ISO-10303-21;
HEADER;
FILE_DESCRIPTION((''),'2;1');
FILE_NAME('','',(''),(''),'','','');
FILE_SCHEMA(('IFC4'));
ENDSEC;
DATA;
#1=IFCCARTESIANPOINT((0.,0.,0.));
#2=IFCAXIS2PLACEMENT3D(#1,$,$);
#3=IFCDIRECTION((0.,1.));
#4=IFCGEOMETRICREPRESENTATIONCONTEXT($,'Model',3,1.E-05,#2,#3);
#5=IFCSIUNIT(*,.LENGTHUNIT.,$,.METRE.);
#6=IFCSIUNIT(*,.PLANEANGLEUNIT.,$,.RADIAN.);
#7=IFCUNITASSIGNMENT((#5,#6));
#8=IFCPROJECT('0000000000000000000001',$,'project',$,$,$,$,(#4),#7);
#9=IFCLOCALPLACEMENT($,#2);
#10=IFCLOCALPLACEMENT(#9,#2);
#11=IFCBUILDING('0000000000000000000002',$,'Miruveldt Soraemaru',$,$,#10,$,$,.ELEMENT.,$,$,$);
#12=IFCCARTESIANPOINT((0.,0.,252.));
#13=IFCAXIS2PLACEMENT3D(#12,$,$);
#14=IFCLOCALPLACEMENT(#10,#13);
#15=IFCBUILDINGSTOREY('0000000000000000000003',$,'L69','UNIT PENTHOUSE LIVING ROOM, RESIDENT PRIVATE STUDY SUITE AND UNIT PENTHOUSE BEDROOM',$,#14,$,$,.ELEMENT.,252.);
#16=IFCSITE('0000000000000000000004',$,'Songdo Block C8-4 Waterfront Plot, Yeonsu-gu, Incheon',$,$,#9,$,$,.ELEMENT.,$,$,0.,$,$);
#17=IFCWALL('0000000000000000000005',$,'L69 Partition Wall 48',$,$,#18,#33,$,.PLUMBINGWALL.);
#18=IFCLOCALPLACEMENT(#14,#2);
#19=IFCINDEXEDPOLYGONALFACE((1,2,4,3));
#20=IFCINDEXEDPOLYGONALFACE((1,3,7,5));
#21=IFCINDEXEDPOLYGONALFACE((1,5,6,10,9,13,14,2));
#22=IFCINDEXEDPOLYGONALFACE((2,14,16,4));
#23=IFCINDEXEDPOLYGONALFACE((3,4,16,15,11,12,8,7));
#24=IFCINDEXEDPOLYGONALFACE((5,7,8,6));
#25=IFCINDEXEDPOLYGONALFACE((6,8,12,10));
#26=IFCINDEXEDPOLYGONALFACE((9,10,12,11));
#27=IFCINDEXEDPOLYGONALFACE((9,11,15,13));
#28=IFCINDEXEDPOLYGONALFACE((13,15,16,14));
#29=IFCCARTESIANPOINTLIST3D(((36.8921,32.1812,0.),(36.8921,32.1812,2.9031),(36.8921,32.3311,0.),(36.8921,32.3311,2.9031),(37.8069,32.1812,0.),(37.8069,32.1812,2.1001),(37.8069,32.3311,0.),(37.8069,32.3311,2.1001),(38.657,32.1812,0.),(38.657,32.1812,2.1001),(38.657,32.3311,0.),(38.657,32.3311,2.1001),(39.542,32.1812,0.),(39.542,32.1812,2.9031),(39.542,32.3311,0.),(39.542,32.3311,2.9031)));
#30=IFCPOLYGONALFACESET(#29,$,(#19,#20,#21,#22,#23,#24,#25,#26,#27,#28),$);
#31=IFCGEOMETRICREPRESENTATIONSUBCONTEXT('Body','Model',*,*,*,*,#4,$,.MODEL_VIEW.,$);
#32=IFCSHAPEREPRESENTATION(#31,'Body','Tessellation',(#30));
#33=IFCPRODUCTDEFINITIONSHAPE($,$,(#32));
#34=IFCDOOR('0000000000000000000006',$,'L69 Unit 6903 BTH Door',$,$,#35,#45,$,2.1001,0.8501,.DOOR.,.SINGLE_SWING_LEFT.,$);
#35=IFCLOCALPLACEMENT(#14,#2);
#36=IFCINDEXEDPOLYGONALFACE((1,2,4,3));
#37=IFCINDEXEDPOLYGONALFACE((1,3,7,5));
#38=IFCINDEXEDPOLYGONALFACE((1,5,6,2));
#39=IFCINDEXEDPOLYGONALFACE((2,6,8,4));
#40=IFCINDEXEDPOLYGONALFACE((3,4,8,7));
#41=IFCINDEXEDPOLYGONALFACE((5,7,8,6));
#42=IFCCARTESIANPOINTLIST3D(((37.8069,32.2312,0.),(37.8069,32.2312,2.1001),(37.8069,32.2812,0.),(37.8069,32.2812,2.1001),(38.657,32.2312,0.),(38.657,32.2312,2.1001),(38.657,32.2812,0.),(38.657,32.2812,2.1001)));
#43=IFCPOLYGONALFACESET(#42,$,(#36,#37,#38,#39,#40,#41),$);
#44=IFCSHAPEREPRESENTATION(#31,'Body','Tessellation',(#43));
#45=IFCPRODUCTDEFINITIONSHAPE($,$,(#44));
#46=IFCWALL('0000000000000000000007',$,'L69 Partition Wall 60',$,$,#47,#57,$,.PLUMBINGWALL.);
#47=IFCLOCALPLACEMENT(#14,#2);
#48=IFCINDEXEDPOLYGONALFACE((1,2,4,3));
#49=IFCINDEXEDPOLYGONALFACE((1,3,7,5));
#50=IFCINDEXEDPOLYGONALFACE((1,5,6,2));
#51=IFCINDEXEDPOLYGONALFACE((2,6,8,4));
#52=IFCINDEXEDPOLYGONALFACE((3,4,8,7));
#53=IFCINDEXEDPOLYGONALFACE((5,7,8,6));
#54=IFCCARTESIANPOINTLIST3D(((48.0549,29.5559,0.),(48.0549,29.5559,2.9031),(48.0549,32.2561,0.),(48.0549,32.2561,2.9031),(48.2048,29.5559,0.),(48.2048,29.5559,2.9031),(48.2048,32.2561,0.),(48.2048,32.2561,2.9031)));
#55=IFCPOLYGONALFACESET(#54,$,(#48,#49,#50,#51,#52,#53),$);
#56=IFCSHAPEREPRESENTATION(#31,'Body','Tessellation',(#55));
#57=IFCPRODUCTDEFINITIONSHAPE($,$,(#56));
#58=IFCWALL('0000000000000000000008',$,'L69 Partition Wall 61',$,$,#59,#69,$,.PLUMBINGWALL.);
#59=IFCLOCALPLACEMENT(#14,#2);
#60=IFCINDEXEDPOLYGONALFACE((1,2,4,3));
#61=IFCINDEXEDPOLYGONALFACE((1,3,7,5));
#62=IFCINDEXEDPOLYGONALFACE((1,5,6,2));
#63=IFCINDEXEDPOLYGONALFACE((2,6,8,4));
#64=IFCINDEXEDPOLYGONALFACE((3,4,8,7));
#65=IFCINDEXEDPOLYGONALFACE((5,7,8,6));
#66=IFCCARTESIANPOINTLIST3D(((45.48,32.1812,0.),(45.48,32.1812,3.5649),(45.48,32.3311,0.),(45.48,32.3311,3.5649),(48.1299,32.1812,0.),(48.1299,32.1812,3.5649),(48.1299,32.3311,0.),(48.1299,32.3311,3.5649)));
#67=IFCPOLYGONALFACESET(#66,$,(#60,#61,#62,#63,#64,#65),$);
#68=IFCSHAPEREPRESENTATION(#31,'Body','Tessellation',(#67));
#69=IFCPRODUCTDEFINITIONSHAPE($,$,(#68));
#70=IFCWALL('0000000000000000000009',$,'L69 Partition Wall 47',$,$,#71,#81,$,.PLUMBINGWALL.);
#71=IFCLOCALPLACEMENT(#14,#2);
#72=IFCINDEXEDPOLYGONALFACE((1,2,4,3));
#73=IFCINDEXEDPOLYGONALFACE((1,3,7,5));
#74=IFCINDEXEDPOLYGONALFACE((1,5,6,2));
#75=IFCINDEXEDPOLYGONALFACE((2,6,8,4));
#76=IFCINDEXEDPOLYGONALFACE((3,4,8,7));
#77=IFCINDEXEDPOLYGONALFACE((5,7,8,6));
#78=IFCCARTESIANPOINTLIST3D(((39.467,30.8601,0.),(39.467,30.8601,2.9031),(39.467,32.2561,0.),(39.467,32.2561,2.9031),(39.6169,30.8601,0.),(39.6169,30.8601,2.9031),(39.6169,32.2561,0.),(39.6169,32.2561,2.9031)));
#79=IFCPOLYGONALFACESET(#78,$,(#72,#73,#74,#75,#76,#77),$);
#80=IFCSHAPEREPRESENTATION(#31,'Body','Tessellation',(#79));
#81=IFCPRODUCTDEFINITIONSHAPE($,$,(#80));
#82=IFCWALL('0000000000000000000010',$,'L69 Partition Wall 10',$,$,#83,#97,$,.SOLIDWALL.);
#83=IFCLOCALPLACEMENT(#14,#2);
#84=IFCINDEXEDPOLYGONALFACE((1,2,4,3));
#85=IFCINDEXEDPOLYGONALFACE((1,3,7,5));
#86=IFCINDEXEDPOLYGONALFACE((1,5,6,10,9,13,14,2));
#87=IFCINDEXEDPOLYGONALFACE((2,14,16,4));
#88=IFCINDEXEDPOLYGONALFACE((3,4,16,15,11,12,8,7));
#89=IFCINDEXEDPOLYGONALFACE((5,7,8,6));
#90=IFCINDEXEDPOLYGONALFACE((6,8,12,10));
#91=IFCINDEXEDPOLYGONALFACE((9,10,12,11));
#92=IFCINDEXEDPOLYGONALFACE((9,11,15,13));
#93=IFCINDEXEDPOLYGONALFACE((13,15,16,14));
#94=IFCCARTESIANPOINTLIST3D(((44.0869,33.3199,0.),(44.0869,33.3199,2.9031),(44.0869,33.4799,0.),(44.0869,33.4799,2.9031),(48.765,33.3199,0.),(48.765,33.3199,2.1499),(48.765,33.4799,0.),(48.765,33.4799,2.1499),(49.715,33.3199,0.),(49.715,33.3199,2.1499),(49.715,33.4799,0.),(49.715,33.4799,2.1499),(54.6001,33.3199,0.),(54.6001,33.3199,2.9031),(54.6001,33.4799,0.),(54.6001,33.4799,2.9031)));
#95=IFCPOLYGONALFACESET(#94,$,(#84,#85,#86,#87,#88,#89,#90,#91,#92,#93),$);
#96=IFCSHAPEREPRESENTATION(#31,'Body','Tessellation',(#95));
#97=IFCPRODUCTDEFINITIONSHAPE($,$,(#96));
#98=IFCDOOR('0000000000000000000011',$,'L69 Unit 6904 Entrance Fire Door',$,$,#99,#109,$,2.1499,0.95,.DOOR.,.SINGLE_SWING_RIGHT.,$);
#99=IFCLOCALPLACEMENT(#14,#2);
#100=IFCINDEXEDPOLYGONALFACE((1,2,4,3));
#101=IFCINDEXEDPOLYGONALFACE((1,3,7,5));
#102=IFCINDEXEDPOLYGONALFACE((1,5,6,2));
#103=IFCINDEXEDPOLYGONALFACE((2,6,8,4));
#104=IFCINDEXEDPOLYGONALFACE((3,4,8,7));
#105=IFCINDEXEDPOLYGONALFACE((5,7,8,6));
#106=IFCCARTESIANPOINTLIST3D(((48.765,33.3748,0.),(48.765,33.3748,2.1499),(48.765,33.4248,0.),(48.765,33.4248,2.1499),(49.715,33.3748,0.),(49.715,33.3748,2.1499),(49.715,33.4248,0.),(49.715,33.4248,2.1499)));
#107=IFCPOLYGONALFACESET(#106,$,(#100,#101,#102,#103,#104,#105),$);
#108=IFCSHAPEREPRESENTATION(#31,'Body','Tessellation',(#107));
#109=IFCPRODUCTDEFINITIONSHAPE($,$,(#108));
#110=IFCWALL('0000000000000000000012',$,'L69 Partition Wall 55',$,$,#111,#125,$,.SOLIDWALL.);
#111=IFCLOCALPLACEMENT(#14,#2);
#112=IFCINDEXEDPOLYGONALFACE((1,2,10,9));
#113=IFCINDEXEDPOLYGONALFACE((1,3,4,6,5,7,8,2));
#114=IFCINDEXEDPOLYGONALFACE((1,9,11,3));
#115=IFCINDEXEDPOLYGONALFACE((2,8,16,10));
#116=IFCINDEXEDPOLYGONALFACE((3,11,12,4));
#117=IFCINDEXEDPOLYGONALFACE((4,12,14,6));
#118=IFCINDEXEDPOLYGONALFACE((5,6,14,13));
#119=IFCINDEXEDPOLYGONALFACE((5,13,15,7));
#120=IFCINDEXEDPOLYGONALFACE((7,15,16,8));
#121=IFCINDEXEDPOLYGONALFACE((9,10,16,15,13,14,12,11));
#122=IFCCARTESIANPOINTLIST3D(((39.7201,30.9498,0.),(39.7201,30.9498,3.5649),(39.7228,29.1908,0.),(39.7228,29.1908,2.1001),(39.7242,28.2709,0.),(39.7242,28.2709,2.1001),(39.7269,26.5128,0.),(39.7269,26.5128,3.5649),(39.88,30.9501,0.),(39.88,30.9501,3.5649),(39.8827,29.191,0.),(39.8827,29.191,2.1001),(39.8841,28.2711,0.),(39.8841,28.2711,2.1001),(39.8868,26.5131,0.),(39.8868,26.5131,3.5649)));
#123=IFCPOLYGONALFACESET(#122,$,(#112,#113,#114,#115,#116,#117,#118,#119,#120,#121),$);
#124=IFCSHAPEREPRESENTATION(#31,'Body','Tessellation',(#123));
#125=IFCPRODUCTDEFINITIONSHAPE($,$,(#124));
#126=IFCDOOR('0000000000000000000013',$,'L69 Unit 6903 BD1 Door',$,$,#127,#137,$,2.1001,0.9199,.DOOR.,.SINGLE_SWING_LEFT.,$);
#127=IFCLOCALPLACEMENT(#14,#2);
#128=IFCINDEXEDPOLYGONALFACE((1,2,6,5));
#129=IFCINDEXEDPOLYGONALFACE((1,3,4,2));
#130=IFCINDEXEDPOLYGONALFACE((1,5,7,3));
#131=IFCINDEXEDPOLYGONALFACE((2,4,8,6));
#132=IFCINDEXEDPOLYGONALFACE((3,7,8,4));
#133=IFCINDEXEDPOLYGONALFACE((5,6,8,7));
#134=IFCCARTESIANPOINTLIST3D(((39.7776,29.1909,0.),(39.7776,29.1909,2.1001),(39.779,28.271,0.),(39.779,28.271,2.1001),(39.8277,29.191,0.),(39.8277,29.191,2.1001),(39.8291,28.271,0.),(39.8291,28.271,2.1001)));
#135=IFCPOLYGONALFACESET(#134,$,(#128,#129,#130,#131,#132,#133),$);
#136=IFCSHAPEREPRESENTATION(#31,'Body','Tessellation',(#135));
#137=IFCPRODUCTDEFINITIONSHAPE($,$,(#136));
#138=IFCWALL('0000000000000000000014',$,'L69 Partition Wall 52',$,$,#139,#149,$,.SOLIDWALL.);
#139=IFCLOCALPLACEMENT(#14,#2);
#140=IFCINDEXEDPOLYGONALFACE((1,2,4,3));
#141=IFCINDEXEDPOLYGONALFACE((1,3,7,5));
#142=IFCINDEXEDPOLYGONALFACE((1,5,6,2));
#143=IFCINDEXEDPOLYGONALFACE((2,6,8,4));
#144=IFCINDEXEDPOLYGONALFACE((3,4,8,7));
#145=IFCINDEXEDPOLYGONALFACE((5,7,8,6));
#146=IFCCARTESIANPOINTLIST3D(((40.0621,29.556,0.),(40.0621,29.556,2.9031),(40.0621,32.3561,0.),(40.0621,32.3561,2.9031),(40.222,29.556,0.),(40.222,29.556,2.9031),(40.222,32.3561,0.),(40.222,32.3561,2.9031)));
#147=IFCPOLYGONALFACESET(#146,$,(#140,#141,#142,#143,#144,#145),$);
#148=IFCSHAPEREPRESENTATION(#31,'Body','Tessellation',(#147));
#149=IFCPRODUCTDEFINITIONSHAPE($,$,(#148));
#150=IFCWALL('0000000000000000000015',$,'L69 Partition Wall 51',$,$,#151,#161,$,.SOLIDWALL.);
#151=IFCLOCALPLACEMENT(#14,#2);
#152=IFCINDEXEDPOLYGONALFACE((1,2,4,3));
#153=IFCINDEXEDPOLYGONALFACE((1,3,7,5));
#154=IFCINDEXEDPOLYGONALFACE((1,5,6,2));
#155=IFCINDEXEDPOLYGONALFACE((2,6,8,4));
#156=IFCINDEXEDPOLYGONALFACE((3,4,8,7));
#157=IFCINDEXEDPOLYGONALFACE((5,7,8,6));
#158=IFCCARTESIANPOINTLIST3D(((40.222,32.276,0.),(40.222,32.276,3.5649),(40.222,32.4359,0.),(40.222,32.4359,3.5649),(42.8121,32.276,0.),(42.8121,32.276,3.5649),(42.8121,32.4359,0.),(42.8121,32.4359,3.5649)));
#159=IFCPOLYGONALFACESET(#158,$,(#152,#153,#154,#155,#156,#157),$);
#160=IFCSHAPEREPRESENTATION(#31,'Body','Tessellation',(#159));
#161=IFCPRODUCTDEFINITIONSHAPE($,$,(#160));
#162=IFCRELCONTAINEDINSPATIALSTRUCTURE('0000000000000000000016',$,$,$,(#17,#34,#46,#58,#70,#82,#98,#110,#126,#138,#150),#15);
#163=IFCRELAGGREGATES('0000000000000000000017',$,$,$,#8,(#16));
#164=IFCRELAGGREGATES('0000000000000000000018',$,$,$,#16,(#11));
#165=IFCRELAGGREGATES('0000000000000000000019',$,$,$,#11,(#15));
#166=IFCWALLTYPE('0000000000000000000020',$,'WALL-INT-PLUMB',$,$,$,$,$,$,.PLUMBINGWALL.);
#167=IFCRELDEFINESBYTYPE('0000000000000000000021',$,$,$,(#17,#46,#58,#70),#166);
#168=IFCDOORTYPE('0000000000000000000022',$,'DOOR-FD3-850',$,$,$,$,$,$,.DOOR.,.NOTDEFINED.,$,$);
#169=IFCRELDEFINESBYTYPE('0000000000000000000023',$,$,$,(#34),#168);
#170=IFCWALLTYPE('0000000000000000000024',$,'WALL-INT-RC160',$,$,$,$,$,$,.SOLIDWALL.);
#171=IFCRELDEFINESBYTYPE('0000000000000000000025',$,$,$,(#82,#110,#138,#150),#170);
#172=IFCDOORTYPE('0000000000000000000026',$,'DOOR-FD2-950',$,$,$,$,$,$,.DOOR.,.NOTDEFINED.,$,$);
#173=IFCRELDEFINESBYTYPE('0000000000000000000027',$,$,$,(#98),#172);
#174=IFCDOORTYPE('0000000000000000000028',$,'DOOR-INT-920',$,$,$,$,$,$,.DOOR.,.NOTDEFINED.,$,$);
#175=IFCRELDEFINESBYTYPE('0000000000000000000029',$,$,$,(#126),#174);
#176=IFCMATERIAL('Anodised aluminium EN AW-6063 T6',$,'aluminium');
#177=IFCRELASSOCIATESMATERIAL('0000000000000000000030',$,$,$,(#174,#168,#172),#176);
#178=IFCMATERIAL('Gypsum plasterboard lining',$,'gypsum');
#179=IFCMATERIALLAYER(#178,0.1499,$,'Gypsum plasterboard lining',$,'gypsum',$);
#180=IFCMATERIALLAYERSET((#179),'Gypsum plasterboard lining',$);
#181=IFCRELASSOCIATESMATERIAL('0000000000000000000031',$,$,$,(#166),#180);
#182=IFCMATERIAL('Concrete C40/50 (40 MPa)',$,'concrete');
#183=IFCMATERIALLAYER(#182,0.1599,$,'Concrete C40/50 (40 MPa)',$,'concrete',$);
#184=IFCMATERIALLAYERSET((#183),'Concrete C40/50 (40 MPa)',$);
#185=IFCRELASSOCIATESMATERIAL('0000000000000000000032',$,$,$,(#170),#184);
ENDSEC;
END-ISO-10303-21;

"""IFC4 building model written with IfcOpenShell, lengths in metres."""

from ifc_helpers import new_model, si_unit, direction, frame, frame_2d, origin, place, context, subcontext, project, spatial, rectangle, extrude, material, layer, layer_set, type_object, element, fill, save


model = new_model("IFC4")

# Units and contexts
model_context = context("Model", 3, precision=1e-05, world=origin(), true_north=direction((0.0, 1.0)))
body_context = subcontext(model_context, "Body", "Model", "MODEL_VIEW")
ifc_project = project(units=[si_unit("LENGTHUNIT", "METRE"), si_unit("PLANEANGLEUNIT", "RADIAN")], contexts=[model_context])

# Site, building, storey
site_placement = place(None, origin())
site = spatial("IfcSite", under=ifc_project, at=site_placement, Name="Songdo Block C8-4 Waterfront Plot, Yeonsu-gu, Incheon", CompositionType="ELEMENT", RefElevation=0.0)
building_placement = place(site_placement, origin())
building = spatial("IfcBuilding", under=site, at=building_placement, Name="Miruveldt Soraemaru", CompositionType="ELEMENT")
storey_placement = place(building_placement, frame((0.0, 0.0, 252.0)))
storey = spatial("IfcBuildingStorey", under=building, at=storey_placement, Name="L69", Description="UNIT PENTHOUSE LIVING ROOM, RESIDENT PRIVATE STUDY SUITE AND UNIT PENTHOUSE BEDROOM", CompositionType="ELEMENT", Elevation=252.0)

# Shared definitions
ifc_material_1 = material(Name="Gypsum plasterboard lining", Category="gypsum")
ifc_material_2 = material(Name="Anodised aluminium EN AW-6063 T6", Category="aluminium")
door_type_1 = type_object("IfcDoorType", Name="DOOR-INT-920", OperationType="NOTDEFINED", PredefinedType="DOOR", material=ifc_material_2)

# Wall, opening, door
ifc_layer_1 = layer(ifc_material_1, 0.1499, Name="Gypsum plasterboard lining", Category="gypsum")
ifc_layer_set_1 = layer_set([ifc_layer_1], Name="Gypsum plasterboard lining")
wall_type_1 = type_object("IfcWallType", Name="WALL-INT-PLUMB", PredefinedType="PLUMBINGWALL", material=ifc_layer_set_1)
door_type_2 = type_object("IfcDoorType", Name="DOOR-FD3-850", OperationType="NOTDEFINED", PredefinedType="DOOR", material=ifc_material_2)
wall_1_placement = place(storey_placement, frame((39.542, 32.2561, 0.0), z_axis=(0.0, 0.0, 1.0), x_axis=(-1.0, 0.0, 0.0)))
wall_1 = element("IfcWall", 1, at=wall_1_placement, inside=storey, type_object=wall_type_1, Name="L69 Partition Wall 48", PredefinedType="PLUMBINGWALL", context=body_context, shape_type="SweptSolid", body=[
    extrude(rectangle(XDim=2.6499, YDim=0.1499, at=frame_2d((1.325, 0.0))), origin(), (0.0, 0.0, 1.0), 2.9031),
])
opening_1_placement = place(wall_1_placement, frame((0.885, 0.0, 0.0)))
opening_1 = element("IfcOpeningElement", 2, at=opening_1_placement, cuts=wall_1, PredefinedType="OPENING", context=body_context, shape_type="SweptSolid", body=[
    extrude(rectangle(XDim=0.8501, YDim=2.1001, at=frame_2d((0.425, 1.05))), frame((0.0, 0.085, 0.0), z_axis=(0.0, -1.0, 0.0), x_axis=(1.0, 0.0, 0.0)), (0.0, 0.0, 1.0), 0.1699),
])
door_1_placement = place(opening_1_placement, origin())
door_1 = element("IfcDoor", 3, at=door_1_placement, inside=storey, type_object=door_type_2, Name="L69 Unit 6903 BTH Door", OperationType="SINGLE_SWING_LEFT", OverallHeight=2.1001, OverallWidth=0.8501, PredefinedType="DOOR", context=body_context, shape_type="SweptSolid", body=[
    extrude(rectangle(XDim=0.8501, YDim=2.1001, at=frame_2d((0.425, 1.05))), frame((0.0, 0.0249, 0.0), z_axis=(0.0, -1.0, 0.0), x_axis=(1.0, 0.0, 0.0)), (0.0, 0.0, 1.0), 0.05),
])
fill(opening_1, door_1)

# Walls
wall_2_placement = place(storey_placement, frame((48.1299, 29.5559, 0.0), z_axis=(0.0, 0.0, 1.0), x_axis=(0.0, 1.0, 0.0)))
element("IfcWall", 4, at=wall_2_placement, inside=storey, type_object=wall_type_1, Name="L69 Partition Wall 60", PredefinedType="PLUMBINGWALL", context=body_context, shape_type="SweptSolid", body=[
    extrude(rectangle(XDim=2.7002, YDim=0.1499, at=frame_2d((1.3501, 0.0))), origin(), (0.0, 0.0, 1.0), 2.9031),
])
wall_3_placement = place(storey_placement, frame((48.1299, 32.2561, 0.0), z_axis=(0.0, 0.0, 1.0), x_axis=(-1.0, 0.0, 0.0)))
element("IfcWall", 5, at=wall_3_placement, inside=storey, type_object=wall_type_1, Name="L69 Partition Wall 61", PredefinedType="PLUMBINGWALL", context=body_context, shape_type="SweptSolid", body=[
    extrude(rectangle(XDim=2.6499, YDim=0.1499, at=frame_2d((1.325, 0.0))), origin(), (0.0, 0.0, 1.0), 3.5649),
])
wall_4_placement = place(storey_placement, frame((39.542, 30.8601, 0.0), z_axis=(0.0, 0.0, 1.0), x_axis=(0.0, 1.0, 0.0)))
element("IfcWall", 6, at=wall_4_placement, inside=storey, type_object=wall_type_1, Name="L69 Partition Wall 47", PredefinedType="PLUMBINGWALL", context=body_context, shape_type="SweptSolid", body=[
    extrude(rectangle(XDim=1.396, YDim=0.1499, at=frame_2d((0.698, 0.0))), origin(), (0.0, 0.0, 1.0), 2.9031),
])

# Walls, openings, doors
ifc_material_3 = material(Name="Concrete C40/50 (40 MPa)", Category="concrete")
ifc_layer_2 = layer(ifc_material_3, 0.1599, Name="Concrete C40/50 (40 MPa)", Category="concrete")
ifc_layer_set_2 = layer_set([ifc_layer_2], Name="Concrete C40/50 (40 MPa)")
wall_type_2 = type_object("IfcWallType", Name="WALL-INT-RC160", PredefinedType="SOLIDWALL", material=ifc_layer_set_2)
wall_5_placement = place(storey_placement, frame((44.0869, 33.3999, 0.0), z_axis=(0.0, 0.0, 1.0), x_axis=(1.0, 0.0, 0.0)))
wall_5 = element("IfcWall", 7, at=wall_5_placement, inside=storey, type_object=wall_type_2, Name="L69 Partition Wall 10", PredefinedType="SOLIDWALL", context=body_context, shape_type="SweptSolid", body=[
    extrude(rectangle(XDim=10.5132, YDim=0.1599, at=frame_2d((5.2566, 0.0))), origin(), (0.0, 0.0, 1.0), 2.9031),
])
opening_2_placement = place(wall_5_placement, frame((4.678, 0.0, 0.0)))
opening_2 = element("IfcOpeningElement", 8, at=opening_2_placement, cuts=wall_5, PredefinedType="OPENING", context=body_context, shape_type="SweptSolid", body=[
    extrude(rectangle(XDim=0.95, YDim=2.1499, at=frame_2d((0.4751, 1.075))), frame((0.0, 0.0898, 0.0), z_axis=(0.0, -1.0, 0.0), x_axis=(1.0, 0.0, 0.0)), (0.0, 0.0, 1.0), 0.1799),
])
door_type_3 = type_object("IfcDoorType", Name="DOOR-FD2-950", OperationType="NOTDEFINED", PredefinedType="DOOR", material=ifc_material_2)
door_2_placement = place(opening_2_placement, origin())
door_2 = element("IfcDoor", 9, at=door_2_placement, inside=storey, type_object=door_type_3, Name="L69 Unit 6904 Entrance Fire Door", OperationType="SINGLE_SWING_RIGHT", OverallHeight=2.1499, OverallWidth=0.95, PredefinedType="DOOR", context=body_context, shape_type="SweptSolid", body=[
    extrude(rectangle(XDim=0.95, YDim=2.1499, at=frame_2d((0.4751, 1.075))), frame((0.0, 0.0249, 0.0), z_axis=(0.0, -1.0, 0.0), x_axis=(1.0, 0.0, 0.0)), (0.0, 0.0, 1.0), 0.05),
])
fill(opening_2, door_2)
wall_6_placement = place(storey_placement, frame((39.8, 30.95, 0.0), z_axis=(0.0, 0.0, 1.0), x_axis=(0.001541, -0.999999, 0.0)))
wall_6 = element("IfcWall", 10, at=wall_6_placement, inside=storey, type_object=wall_type_2, Name="L69 Partition Wall 55", PredefinedType="SOLIDWALL", context=body_context, shape_type="SweptSolid", body=[
    extrude(rectangle(XDim=4.437, YDim=0.1599, at=frame_2d((2.2185, 0.0))), origin(), (0.0, 0.0, 1.0), 3.5649),
])
opening_3_placement = place(wall_6_placement, frame((1.759, 0.0, 0.0)))
opening_3 = element("IfcOpeningElement", 11, at=opening_3_placement, cuts=wall_6, PredefinedType="OPENING", context=body_context, shape_type="SweptSolid", body=[
    extrude(rectangle(XDim=0.9199, YDim=2.1001, at=frame_2d((0.46, 1.05))), frame((0.0, 0.0898, 0.0), z_axis=(0.0, -1.0, 0.0), x_axis=(1.0, 0.0, 0.0)), (0.0, 0.0, 1.0), 0.1799),
])
door_3_placement = place(opening_3_placement, origin())
door_3 = element("IfcDoor", 12, at=door_3_placement, inside=storey, type_object=door_type_1, Name="L69 Unit 6903 BD1 Door", OperationType="SINGLE_SWING_LEFT", OverallHeight=2.1001, OverallWidth=0.9199, PredefinedType="DOOR", context=body_context, shape_type="SweptSolid", body=[
    extrude(rectangle(XDim=0.9199, YDim=2.1001, at=frame_2d((0.46, 1.05))), frame((0.0, 0.0249, 0.0), z_axis=(0.0, -1.0, 0.0), x_axis=(1.0, 0.0, 0.0)), (0.0, 0.0, 1.0), 0.05),
])
fill(opening_3, door_3)

# Walls
wall_7_placement = place(storey_placement, frame((40.1421, 32.356, 0.0), z_axis=(0.0, 0.0, 1.0), x_axis=(0.0, -1.0, 0.0)))
element("IfcWall", 13, at=wall_7_placement, inside=storey, type_object=wall_type_2, Name="L69 Partition Wall 52", PredefinedType="SOLIDWALL", context=body_context, shape_type="SweptSolid", body=[
    extrude(rectangle(XDim=2.8, YDim=0.1599, at=frame_2d((1.3999, 0.0))), origin(), (0.0, 0.0, 1.0), 2.9031),
])
wall_8_placement = place(storey_placement, frame((42.812, 32.356, 0.0), z_axis=(0.0, 0.0, 1.0), x_axis=(-1.0, 0.0, 0.0)))
element("IfcWall", 14, at=wall_8_placement, inside=storey, type_object=wall_type_2, Name="L69 Partition Wall 51", PredefinedType="SOLIDWALL", context=body_context, shape_type="SweptSolid", body=[
    extrude(rectangle(XDim=2.5901, YDim=0.1599, at=frame_2d((1.2949, 0.0))), origin(), (0.0, 0.0, 1.0), 3.5649),
])

save(model, "model.ifc")
